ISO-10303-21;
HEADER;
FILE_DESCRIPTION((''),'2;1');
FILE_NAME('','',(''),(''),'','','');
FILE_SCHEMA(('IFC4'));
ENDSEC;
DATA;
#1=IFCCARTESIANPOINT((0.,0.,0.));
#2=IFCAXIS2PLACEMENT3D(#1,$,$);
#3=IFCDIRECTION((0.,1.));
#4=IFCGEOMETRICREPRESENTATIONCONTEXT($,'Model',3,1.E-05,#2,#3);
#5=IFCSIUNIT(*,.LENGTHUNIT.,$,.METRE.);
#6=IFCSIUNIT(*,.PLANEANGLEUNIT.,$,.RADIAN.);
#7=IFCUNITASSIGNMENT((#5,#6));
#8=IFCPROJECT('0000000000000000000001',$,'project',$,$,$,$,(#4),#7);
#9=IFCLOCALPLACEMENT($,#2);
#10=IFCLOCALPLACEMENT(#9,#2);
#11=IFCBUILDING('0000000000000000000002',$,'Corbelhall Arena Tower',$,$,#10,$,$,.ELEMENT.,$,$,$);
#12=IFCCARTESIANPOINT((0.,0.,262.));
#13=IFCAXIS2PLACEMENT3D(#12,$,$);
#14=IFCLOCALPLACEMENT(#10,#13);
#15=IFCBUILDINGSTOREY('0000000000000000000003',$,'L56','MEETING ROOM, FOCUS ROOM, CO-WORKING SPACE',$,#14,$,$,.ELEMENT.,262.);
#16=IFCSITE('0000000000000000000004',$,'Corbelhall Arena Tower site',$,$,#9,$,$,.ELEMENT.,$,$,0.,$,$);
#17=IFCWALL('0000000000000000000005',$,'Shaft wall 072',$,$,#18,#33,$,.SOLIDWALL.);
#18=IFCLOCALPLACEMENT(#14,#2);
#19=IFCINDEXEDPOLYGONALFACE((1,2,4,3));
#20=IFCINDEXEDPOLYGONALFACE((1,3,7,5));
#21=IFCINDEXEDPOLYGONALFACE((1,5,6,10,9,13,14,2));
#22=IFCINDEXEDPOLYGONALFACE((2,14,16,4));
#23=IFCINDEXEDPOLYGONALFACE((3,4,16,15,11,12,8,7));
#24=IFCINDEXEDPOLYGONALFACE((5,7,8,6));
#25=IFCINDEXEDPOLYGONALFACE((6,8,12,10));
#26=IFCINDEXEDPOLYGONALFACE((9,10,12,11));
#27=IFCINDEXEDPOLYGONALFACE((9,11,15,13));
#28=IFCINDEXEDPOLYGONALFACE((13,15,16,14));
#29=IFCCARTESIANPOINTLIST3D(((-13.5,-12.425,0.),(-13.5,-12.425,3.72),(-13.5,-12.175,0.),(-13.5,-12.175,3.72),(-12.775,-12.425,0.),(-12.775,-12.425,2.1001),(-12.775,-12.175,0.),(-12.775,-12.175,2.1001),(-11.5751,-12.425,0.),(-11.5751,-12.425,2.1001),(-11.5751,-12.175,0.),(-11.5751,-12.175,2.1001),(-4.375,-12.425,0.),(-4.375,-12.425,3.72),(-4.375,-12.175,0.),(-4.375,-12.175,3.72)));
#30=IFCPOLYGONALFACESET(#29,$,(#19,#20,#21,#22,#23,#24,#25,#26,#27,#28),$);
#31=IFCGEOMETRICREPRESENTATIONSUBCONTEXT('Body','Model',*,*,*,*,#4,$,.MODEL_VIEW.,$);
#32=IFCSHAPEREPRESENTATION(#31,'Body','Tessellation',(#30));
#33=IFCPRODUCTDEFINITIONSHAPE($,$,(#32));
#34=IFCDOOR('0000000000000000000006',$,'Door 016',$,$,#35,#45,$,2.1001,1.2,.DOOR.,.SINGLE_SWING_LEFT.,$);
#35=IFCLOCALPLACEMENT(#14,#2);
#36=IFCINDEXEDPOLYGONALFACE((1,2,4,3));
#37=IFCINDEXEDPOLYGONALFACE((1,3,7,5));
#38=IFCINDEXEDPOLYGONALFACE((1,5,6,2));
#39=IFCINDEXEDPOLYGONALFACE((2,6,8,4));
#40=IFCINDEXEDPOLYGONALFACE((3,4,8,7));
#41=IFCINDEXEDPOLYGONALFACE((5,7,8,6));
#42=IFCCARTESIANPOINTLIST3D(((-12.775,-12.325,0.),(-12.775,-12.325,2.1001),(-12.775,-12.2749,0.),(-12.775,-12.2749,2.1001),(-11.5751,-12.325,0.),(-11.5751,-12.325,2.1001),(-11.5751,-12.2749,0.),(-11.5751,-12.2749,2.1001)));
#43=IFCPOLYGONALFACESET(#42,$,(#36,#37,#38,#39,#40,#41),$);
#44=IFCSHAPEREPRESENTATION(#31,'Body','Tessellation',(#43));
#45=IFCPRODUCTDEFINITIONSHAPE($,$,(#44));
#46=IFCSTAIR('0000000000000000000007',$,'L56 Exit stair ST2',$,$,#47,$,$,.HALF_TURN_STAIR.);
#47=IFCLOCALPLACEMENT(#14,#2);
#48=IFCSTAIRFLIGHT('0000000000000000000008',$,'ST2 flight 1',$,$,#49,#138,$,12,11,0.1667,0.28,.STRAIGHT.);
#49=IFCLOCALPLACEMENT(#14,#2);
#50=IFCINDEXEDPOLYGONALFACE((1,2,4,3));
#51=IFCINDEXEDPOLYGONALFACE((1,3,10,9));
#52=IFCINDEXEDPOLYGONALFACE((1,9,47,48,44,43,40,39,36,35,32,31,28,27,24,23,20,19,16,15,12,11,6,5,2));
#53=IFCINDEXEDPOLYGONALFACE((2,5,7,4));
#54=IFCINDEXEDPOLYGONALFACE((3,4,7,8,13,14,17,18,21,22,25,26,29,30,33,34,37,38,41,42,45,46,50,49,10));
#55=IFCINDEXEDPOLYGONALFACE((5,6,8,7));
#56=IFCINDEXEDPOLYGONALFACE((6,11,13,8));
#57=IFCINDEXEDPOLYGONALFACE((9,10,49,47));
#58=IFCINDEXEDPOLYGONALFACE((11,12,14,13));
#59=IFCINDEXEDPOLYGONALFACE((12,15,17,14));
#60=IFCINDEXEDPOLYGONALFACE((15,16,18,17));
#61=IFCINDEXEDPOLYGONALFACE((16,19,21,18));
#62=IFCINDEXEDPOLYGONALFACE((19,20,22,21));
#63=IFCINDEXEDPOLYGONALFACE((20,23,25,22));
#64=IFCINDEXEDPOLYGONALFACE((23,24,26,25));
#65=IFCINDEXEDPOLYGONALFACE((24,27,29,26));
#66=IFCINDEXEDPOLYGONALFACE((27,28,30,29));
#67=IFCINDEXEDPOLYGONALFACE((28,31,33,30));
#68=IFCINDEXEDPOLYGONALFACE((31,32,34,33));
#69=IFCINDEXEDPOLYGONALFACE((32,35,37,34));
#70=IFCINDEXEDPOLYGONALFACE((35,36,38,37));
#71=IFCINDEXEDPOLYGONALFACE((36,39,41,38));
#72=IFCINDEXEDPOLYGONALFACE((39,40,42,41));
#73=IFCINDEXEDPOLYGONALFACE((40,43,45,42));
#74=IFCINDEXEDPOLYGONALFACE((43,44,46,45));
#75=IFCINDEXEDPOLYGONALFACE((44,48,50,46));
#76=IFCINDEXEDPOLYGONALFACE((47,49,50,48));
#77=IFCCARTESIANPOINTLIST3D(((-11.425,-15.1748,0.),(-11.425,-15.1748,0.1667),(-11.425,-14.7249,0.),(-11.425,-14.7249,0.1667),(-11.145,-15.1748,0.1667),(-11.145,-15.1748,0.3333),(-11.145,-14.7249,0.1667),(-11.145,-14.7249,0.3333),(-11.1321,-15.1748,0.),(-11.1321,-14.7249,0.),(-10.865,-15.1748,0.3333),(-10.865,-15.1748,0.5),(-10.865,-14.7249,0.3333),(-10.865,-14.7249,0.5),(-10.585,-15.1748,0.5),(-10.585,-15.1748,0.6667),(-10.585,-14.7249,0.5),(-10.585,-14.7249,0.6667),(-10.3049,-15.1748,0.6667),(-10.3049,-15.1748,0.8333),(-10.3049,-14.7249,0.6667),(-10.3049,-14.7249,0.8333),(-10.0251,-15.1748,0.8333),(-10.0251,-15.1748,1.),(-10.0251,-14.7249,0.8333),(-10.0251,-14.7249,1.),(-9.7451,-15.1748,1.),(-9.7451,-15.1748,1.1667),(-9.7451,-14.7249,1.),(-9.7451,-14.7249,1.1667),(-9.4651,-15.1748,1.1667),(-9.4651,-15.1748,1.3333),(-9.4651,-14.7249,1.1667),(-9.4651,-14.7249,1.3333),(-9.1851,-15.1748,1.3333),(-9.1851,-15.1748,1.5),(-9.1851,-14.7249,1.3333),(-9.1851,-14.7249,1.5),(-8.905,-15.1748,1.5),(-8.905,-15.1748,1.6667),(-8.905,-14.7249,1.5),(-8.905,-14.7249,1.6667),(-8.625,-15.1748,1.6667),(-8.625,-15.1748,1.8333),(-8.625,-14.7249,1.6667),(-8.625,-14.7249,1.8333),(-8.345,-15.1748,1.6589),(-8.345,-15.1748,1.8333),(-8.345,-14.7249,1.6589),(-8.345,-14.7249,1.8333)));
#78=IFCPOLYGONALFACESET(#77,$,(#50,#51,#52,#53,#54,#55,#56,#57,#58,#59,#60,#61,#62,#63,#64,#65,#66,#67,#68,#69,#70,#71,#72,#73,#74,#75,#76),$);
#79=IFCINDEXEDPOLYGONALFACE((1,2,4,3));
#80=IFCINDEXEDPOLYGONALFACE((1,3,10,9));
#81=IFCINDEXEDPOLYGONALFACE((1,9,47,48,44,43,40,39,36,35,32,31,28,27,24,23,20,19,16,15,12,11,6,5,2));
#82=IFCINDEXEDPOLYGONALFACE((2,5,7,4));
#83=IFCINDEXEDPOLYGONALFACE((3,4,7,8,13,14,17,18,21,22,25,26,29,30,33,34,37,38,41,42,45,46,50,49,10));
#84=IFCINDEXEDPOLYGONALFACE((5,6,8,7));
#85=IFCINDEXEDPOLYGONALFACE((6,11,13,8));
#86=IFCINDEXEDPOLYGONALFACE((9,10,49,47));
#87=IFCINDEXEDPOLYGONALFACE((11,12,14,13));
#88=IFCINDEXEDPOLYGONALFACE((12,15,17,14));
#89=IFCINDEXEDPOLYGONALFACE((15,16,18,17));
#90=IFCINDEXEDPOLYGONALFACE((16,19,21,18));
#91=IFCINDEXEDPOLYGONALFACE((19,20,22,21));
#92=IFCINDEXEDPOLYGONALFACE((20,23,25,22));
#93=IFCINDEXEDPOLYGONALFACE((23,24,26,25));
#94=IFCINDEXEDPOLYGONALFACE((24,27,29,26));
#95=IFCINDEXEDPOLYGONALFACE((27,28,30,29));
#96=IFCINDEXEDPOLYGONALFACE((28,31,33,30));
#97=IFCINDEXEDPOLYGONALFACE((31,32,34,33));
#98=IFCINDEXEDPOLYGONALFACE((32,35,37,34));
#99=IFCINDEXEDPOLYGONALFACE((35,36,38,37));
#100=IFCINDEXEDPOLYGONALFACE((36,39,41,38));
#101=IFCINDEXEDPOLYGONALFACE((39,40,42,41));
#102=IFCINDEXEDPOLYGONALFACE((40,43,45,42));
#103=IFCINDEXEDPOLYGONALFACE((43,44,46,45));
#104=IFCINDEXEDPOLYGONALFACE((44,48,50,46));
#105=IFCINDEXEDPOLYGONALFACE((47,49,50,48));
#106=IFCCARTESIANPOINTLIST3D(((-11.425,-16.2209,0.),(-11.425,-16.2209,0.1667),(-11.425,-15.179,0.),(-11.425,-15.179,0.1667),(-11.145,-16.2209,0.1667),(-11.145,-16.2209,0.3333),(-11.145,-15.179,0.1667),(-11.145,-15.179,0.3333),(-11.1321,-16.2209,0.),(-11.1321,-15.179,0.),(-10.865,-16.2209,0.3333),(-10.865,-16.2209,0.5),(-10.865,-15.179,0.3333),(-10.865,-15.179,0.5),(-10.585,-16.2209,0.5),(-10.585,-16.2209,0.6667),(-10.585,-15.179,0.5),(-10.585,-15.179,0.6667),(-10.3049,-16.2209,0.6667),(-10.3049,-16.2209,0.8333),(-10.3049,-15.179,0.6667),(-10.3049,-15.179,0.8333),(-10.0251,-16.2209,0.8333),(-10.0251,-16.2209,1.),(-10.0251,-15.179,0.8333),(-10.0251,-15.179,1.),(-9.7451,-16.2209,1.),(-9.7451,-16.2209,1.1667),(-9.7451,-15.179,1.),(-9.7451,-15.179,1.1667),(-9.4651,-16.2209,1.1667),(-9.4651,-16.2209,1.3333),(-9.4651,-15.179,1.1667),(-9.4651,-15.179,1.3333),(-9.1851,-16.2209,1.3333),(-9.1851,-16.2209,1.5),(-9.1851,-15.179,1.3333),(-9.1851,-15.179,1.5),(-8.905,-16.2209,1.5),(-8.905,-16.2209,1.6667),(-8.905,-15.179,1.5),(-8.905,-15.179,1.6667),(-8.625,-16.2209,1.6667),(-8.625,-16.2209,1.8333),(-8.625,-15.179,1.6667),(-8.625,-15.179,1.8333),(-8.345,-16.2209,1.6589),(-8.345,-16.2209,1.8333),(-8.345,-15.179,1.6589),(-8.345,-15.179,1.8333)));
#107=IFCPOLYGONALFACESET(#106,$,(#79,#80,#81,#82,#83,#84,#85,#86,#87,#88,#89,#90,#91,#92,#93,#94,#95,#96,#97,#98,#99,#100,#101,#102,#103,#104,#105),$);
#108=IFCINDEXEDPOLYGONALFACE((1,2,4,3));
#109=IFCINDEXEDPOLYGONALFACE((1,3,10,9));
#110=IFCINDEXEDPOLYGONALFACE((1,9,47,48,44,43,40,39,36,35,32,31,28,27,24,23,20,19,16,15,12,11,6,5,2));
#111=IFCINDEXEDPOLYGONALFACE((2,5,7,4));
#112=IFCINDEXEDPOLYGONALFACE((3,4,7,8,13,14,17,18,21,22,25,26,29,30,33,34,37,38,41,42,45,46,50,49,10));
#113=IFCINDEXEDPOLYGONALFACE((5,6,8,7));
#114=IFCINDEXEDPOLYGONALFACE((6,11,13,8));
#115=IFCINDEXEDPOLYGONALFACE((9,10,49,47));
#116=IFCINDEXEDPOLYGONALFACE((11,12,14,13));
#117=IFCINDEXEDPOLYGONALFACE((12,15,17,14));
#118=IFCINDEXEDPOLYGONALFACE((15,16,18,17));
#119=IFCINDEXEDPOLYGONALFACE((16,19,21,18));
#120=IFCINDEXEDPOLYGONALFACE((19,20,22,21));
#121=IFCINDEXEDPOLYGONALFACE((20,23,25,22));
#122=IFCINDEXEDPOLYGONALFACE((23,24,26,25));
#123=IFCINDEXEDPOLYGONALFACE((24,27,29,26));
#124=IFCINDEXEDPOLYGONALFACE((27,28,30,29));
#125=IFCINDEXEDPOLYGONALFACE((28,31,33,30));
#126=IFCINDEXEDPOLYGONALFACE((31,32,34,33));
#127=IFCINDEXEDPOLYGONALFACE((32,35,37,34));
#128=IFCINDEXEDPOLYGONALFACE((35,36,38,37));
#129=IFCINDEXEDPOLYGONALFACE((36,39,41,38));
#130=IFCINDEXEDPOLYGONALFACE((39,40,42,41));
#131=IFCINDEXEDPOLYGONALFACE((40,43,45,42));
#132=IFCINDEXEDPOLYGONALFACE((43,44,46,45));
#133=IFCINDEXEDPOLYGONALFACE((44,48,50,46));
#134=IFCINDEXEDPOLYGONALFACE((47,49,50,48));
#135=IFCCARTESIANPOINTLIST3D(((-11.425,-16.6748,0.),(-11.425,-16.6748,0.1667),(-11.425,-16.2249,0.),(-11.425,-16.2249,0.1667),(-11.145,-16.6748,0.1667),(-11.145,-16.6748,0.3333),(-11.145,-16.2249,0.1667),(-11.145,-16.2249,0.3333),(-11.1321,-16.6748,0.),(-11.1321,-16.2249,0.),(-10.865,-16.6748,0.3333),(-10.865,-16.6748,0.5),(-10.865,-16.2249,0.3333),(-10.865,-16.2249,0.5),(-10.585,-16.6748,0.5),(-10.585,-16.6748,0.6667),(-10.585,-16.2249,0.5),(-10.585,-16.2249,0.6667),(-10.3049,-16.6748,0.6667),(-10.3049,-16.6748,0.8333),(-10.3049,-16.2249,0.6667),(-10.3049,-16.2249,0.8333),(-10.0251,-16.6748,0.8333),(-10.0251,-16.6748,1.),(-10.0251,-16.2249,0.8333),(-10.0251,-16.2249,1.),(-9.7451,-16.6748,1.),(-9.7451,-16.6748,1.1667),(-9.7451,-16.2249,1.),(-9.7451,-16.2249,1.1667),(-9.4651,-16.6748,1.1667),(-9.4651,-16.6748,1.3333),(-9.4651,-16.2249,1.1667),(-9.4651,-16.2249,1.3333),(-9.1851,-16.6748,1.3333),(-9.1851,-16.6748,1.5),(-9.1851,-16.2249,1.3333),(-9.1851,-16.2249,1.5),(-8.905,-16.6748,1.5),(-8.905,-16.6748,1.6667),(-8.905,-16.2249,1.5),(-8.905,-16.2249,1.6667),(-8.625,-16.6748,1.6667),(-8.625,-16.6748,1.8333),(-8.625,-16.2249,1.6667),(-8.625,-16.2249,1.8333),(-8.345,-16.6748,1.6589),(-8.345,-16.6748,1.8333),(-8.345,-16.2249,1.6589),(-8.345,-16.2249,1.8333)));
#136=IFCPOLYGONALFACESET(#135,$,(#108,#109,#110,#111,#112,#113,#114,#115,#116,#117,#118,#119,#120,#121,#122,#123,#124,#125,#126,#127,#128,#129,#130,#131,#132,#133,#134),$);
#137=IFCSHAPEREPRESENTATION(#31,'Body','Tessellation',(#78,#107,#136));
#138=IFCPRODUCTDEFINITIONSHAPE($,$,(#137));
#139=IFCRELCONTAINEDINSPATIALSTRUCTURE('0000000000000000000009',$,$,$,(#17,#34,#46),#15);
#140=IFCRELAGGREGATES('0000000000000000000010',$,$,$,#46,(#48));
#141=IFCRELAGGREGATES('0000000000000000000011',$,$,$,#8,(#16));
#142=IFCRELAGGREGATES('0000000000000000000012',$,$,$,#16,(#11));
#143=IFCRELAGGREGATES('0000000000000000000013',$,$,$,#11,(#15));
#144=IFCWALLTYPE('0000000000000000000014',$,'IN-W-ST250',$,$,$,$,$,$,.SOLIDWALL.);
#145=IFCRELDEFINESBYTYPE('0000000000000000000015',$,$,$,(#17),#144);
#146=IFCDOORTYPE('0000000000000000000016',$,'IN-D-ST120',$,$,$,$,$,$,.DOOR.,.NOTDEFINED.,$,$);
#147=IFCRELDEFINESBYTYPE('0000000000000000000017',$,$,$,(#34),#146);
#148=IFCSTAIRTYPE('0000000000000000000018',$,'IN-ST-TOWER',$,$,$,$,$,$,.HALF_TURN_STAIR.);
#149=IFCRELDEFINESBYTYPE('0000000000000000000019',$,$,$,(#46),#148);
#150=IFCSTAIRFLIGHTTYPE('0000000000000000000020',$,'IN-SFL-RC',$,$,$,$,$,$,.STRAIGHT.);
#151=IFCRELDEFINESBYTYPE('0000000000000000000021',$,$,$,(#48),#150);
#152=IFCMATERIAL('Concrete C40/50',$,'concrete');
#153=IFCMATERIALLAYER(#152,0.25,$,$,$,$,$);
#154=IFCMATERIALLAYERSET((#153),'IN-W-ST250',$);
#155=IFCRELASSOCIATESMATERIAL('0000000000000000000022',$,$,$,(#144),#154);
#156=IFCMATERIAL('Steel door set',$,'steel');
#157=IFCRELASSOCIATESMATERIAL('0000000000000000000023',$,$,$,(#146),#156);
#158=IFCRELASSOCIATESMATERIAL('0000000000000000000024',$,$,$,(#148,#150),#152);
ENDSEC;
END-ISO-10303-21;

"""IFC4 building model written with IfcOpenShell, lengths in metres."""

from ifc_helpers import new_model, si_unit, direction, frame, frame_2d, origin, place, context, subcontext, project, spatial, polyline, rectangle, outline, extrude, material, layer, layer_set, type_object, element, fill, aggregate, save


model = new_model("IFC4")

# Units and contexts
model_context = context("Model", 3, precision=1e-05, world=origin(), true_north=direction((0.0, 1.0)))
body_context = subcontext(model_context, "Body", "Model", "MODEL_VIEW")
ifc_project = project(units=[si_unit("LENGTHUNIT", "METRE"), si_unit("PLANEANGLEUNIT", "RADIAN")], contexts=[model_context])

# Site, building, storey
site_placement = place(None, origin())
site = spatial("IfcSite", under=ifc_project, at=site_placement, Name="Corbelhall Arena Tower site", CompositionType="ELEMENT", RefElevation=0.0)
building_placement = place(site_placement, origin())
building = spatial("IfcBuilding", under=site, at=building_placement, Name="Corbelhall Arena Tower", CompositionType="ELEMENT")
storey_placement = place(building_placement, frame((0.0, 0.0, 262.0)))
storey = spatial("IfcBuildingStorey", under=building, at=storey_placement, Name="L56", Description="MEETING ROOM, FOCUS ROOM, CO-WORKING SPACE", CompositionType="ELEMENT", Elevation=262.0)

# Shared definitions
ifc_material_1 = material(Name="Steel door set", Category="steel")

# Shared definitions
ifc_material_2 = material(Name="Concrete C40/50", Category="concrete")
ifc_layer_1 = layer(ifc_material_2, 0.25)
ifc_layer_set_1 = layer_set([ifc_layer_1], Name="IN-W-ST250")
wall_type_1 = type_object("IfcWallType", Name="IN-W-ST250", PredefinedType="SOLIDWALL", material=ifc_layer_set_1)

# Wall, opening, door
wall_1_placement = place(storey_placement, frame((-4.375, -12.3, 0.0), z_axis=(0.0, 0.0, 1.0), x_axis=(-1.0, 0.0, 0.0)))
wall_1 = element("IfcWall", 1, at=wall_1_placement, inside=storey, type_object=wall_type_1, Name="Shaft wall 072", PredefinedType="SOLIDWALL", context=body_context, shape_type="SweptSolid", body=[
    extrude(rectangle(XDim=9.125, YDim=0.25, at=frame_2d((4.5625, 0.0))), origin(), (0.0, 0.0, 1.0), 3.72),
])
opening_1_placement = place(wall_1_placement, frame((7.2, 0.0, 0.0)))
opening_1 = element("IfcOpeningElement", 2, at=opening_1_placement, cuts=wall_1, PredefinedType="OPENING", context=body_context, shape_type="SweptSolid", body=[
    extrude(rectangle(XDim=1.2, YDim=2.1001, at=frame_2d((0.6001, 1.05))), frame((0.0, 0.125, 0.0), z_axis=(0.0, -1.0, 0.0), x_axis=(1.0, 0.0, 0.0)), (0.0, 0.0, 1.0), 0.25),
])
door_type_1 = type_object("IfcDoorType", Name="IN-D-ST120", OperationType="NOTDEFINED", PredefinedType="DOOR", material=ifc_material_1)
door_1_placement = place(opening_1_placement, origin())
door_1 = element("IfcDoor", 3, at=door_1_placement, inside=storey, type_object=door_type_1, Name="Door 016", OperationType="SINGLE_SWING_LEFT", OverallHeight=2.1001, OverallWidth=1.2, PredefinedType="DOOR", context=body_context, shape_type="SweptSolid", body=[
    extrude(rectangle(XDim=1.2, YDim=2.1001, at=frame_2d((0.6001, 1.05))), frame((0.0, 0.0249, 0.0), z_axis=(0.0, -1.0, 0.0), x_axis=(1.0, 0.0, 0.0)), (0.0, 0.0, 1.0), 0.05),
])
fill(opening_1, door_1)

# Stair, stair flight
stair_type = type_object("IfcStairType", Name="IN-ST-TOWER", PredefinedType="HALF_TURN_STAIR", material=ifc_material_2)
stair_placement = place(storey_placement, origin())
stair = element("IfcStair", 4, at=stair_placement, inside=storey, type_object=stair_type, Name="L56 Exit stair ST2", PredefinedType="HALF_TURN_STAIR")
stair_flight_type = type_object("IfcStairFlightType", Name="IN-SFL-RC", PredefinedType="STRAIGHT", material=ifc_material_2)
stair_flight_1_placement = place(storey_placement, frame((-11.425, -15.7, 0.0), z_axis=(0.0, 0.0, 1.0), x_axis=(1.0, 0.0, 0.0)))
stair_flight_1 = element("IfcStairFlight", 5, at=stair_flight_1_placement, type_object=stair_flight_type, Name="ST2 flight 1", NumberOfRisers=12, NumberOfTreads=11, PredefinedType="STRAIGHT", RiserHeight=0.1667, TreadLength=0.28, context=body_context, shape_type="SweptSolid", body=[
    extrude(outline(polyline([(0.0, 0.0), (0.0, 0.1667), (0.28, 0.1667), (0.28, 0.3333), (0.5601, 0.3333), (0.5601, 0.5), (0.8401, 0.5), (0.8401, 0.6667), (1.1201, 0.6667), (1.1201, 0.8333), (1.3999, 0.8333), (1.3999, 1.0), (1.6799, 1.0), (1.6799, 1.1667), (1.96, 1.1667), (1.96, 1.3333), (2.24, 1.3333), (2.24, 1.5), (2.52, 1.5), (2.52, 1.6667), (2.8, 1.6667), (2.8, 1.8333), (3.0801, 1.8333), (3.0801, 2.0), (3.0801, 1.6589), (0.293, 0.0), (0.0, 0.0)])), frame((0.0, 0.9751, 0.0), z_axis=(0.0, -1.0, 0.0), x_axis=(1.0, 0.0, 0.0)), (0.0, 0.0, 1.0), 0.45),
    extrude(outline(polyline([(0.0, 0.0), (0.0, 0.1667), (0.28, 0.1667), (0.28, 0.3333), (0.5601, 0.3333), (0.5601, 0.5), (0.8401, 0.5), (0.8401, 0.6667), (1.1201, 0.6667), (1.1201, 0.8333), (1.3999, 0.8333), (1.3999, 1.0), (1.6799, 1.0), (1.6799, 1.1667), (1.96, 1.1667), (1.96, 1.3333), (2.24, 1.3333), (2.24, 1.5), (2.52, 1.5), (2.52, 1.6667), (2.8, 1.6667), (2.8, 1.8333), (3.0801, 1.8333), (3.0801, 2.0), (3.0801, 1.6589), (0.293, 0.0), (0.0, 0.0)])), frame((0.0, 0.521, 0.0), z_axis=(0.0, -1.0, 0.0), x_axis=(1.0, 0.0, 0.0)), (0.0, 0.0, 1.0), 1.042),
    extrude(outline(polyline([(0.0, 0.0), (0.0, 0.1667), (0.28, 0.1667), (0.28, 0.3333), (0.5601, 0.3333), (0.5601, 0.5), (0.8401, 0.5), (0.8401, 0.6667), (1.1201, 0.6667), (1.1201, 0.8333), (1.3999, 0.8333), (1.3999, 1.0), (1.6799, 1.0), (1.6799, 1.1667), (1.96, 1.1667), (1.96, 1.3333), (2.24, 1.3333), (2.24, 1.5), (2.52, 1.5), (2.52, 1.6667), (2.8, 1.6667), (2.8, 1.8333), (3.0801, 1.8333), (3.0801, 2.0), (3.0801, 1.6589), (0.293, 0.0), (0.0, 0.0)])), frame((0.0, -0.5249, 0.0), z_axis=(0.0, -1.0, 0.0), x_axis=(1.0, 0.0, 0.0)), (0.0, 0.0, 1.0), 0.45),
])
aggregate(stair, [stair_flight_1])

save(model, "model.ifc")
